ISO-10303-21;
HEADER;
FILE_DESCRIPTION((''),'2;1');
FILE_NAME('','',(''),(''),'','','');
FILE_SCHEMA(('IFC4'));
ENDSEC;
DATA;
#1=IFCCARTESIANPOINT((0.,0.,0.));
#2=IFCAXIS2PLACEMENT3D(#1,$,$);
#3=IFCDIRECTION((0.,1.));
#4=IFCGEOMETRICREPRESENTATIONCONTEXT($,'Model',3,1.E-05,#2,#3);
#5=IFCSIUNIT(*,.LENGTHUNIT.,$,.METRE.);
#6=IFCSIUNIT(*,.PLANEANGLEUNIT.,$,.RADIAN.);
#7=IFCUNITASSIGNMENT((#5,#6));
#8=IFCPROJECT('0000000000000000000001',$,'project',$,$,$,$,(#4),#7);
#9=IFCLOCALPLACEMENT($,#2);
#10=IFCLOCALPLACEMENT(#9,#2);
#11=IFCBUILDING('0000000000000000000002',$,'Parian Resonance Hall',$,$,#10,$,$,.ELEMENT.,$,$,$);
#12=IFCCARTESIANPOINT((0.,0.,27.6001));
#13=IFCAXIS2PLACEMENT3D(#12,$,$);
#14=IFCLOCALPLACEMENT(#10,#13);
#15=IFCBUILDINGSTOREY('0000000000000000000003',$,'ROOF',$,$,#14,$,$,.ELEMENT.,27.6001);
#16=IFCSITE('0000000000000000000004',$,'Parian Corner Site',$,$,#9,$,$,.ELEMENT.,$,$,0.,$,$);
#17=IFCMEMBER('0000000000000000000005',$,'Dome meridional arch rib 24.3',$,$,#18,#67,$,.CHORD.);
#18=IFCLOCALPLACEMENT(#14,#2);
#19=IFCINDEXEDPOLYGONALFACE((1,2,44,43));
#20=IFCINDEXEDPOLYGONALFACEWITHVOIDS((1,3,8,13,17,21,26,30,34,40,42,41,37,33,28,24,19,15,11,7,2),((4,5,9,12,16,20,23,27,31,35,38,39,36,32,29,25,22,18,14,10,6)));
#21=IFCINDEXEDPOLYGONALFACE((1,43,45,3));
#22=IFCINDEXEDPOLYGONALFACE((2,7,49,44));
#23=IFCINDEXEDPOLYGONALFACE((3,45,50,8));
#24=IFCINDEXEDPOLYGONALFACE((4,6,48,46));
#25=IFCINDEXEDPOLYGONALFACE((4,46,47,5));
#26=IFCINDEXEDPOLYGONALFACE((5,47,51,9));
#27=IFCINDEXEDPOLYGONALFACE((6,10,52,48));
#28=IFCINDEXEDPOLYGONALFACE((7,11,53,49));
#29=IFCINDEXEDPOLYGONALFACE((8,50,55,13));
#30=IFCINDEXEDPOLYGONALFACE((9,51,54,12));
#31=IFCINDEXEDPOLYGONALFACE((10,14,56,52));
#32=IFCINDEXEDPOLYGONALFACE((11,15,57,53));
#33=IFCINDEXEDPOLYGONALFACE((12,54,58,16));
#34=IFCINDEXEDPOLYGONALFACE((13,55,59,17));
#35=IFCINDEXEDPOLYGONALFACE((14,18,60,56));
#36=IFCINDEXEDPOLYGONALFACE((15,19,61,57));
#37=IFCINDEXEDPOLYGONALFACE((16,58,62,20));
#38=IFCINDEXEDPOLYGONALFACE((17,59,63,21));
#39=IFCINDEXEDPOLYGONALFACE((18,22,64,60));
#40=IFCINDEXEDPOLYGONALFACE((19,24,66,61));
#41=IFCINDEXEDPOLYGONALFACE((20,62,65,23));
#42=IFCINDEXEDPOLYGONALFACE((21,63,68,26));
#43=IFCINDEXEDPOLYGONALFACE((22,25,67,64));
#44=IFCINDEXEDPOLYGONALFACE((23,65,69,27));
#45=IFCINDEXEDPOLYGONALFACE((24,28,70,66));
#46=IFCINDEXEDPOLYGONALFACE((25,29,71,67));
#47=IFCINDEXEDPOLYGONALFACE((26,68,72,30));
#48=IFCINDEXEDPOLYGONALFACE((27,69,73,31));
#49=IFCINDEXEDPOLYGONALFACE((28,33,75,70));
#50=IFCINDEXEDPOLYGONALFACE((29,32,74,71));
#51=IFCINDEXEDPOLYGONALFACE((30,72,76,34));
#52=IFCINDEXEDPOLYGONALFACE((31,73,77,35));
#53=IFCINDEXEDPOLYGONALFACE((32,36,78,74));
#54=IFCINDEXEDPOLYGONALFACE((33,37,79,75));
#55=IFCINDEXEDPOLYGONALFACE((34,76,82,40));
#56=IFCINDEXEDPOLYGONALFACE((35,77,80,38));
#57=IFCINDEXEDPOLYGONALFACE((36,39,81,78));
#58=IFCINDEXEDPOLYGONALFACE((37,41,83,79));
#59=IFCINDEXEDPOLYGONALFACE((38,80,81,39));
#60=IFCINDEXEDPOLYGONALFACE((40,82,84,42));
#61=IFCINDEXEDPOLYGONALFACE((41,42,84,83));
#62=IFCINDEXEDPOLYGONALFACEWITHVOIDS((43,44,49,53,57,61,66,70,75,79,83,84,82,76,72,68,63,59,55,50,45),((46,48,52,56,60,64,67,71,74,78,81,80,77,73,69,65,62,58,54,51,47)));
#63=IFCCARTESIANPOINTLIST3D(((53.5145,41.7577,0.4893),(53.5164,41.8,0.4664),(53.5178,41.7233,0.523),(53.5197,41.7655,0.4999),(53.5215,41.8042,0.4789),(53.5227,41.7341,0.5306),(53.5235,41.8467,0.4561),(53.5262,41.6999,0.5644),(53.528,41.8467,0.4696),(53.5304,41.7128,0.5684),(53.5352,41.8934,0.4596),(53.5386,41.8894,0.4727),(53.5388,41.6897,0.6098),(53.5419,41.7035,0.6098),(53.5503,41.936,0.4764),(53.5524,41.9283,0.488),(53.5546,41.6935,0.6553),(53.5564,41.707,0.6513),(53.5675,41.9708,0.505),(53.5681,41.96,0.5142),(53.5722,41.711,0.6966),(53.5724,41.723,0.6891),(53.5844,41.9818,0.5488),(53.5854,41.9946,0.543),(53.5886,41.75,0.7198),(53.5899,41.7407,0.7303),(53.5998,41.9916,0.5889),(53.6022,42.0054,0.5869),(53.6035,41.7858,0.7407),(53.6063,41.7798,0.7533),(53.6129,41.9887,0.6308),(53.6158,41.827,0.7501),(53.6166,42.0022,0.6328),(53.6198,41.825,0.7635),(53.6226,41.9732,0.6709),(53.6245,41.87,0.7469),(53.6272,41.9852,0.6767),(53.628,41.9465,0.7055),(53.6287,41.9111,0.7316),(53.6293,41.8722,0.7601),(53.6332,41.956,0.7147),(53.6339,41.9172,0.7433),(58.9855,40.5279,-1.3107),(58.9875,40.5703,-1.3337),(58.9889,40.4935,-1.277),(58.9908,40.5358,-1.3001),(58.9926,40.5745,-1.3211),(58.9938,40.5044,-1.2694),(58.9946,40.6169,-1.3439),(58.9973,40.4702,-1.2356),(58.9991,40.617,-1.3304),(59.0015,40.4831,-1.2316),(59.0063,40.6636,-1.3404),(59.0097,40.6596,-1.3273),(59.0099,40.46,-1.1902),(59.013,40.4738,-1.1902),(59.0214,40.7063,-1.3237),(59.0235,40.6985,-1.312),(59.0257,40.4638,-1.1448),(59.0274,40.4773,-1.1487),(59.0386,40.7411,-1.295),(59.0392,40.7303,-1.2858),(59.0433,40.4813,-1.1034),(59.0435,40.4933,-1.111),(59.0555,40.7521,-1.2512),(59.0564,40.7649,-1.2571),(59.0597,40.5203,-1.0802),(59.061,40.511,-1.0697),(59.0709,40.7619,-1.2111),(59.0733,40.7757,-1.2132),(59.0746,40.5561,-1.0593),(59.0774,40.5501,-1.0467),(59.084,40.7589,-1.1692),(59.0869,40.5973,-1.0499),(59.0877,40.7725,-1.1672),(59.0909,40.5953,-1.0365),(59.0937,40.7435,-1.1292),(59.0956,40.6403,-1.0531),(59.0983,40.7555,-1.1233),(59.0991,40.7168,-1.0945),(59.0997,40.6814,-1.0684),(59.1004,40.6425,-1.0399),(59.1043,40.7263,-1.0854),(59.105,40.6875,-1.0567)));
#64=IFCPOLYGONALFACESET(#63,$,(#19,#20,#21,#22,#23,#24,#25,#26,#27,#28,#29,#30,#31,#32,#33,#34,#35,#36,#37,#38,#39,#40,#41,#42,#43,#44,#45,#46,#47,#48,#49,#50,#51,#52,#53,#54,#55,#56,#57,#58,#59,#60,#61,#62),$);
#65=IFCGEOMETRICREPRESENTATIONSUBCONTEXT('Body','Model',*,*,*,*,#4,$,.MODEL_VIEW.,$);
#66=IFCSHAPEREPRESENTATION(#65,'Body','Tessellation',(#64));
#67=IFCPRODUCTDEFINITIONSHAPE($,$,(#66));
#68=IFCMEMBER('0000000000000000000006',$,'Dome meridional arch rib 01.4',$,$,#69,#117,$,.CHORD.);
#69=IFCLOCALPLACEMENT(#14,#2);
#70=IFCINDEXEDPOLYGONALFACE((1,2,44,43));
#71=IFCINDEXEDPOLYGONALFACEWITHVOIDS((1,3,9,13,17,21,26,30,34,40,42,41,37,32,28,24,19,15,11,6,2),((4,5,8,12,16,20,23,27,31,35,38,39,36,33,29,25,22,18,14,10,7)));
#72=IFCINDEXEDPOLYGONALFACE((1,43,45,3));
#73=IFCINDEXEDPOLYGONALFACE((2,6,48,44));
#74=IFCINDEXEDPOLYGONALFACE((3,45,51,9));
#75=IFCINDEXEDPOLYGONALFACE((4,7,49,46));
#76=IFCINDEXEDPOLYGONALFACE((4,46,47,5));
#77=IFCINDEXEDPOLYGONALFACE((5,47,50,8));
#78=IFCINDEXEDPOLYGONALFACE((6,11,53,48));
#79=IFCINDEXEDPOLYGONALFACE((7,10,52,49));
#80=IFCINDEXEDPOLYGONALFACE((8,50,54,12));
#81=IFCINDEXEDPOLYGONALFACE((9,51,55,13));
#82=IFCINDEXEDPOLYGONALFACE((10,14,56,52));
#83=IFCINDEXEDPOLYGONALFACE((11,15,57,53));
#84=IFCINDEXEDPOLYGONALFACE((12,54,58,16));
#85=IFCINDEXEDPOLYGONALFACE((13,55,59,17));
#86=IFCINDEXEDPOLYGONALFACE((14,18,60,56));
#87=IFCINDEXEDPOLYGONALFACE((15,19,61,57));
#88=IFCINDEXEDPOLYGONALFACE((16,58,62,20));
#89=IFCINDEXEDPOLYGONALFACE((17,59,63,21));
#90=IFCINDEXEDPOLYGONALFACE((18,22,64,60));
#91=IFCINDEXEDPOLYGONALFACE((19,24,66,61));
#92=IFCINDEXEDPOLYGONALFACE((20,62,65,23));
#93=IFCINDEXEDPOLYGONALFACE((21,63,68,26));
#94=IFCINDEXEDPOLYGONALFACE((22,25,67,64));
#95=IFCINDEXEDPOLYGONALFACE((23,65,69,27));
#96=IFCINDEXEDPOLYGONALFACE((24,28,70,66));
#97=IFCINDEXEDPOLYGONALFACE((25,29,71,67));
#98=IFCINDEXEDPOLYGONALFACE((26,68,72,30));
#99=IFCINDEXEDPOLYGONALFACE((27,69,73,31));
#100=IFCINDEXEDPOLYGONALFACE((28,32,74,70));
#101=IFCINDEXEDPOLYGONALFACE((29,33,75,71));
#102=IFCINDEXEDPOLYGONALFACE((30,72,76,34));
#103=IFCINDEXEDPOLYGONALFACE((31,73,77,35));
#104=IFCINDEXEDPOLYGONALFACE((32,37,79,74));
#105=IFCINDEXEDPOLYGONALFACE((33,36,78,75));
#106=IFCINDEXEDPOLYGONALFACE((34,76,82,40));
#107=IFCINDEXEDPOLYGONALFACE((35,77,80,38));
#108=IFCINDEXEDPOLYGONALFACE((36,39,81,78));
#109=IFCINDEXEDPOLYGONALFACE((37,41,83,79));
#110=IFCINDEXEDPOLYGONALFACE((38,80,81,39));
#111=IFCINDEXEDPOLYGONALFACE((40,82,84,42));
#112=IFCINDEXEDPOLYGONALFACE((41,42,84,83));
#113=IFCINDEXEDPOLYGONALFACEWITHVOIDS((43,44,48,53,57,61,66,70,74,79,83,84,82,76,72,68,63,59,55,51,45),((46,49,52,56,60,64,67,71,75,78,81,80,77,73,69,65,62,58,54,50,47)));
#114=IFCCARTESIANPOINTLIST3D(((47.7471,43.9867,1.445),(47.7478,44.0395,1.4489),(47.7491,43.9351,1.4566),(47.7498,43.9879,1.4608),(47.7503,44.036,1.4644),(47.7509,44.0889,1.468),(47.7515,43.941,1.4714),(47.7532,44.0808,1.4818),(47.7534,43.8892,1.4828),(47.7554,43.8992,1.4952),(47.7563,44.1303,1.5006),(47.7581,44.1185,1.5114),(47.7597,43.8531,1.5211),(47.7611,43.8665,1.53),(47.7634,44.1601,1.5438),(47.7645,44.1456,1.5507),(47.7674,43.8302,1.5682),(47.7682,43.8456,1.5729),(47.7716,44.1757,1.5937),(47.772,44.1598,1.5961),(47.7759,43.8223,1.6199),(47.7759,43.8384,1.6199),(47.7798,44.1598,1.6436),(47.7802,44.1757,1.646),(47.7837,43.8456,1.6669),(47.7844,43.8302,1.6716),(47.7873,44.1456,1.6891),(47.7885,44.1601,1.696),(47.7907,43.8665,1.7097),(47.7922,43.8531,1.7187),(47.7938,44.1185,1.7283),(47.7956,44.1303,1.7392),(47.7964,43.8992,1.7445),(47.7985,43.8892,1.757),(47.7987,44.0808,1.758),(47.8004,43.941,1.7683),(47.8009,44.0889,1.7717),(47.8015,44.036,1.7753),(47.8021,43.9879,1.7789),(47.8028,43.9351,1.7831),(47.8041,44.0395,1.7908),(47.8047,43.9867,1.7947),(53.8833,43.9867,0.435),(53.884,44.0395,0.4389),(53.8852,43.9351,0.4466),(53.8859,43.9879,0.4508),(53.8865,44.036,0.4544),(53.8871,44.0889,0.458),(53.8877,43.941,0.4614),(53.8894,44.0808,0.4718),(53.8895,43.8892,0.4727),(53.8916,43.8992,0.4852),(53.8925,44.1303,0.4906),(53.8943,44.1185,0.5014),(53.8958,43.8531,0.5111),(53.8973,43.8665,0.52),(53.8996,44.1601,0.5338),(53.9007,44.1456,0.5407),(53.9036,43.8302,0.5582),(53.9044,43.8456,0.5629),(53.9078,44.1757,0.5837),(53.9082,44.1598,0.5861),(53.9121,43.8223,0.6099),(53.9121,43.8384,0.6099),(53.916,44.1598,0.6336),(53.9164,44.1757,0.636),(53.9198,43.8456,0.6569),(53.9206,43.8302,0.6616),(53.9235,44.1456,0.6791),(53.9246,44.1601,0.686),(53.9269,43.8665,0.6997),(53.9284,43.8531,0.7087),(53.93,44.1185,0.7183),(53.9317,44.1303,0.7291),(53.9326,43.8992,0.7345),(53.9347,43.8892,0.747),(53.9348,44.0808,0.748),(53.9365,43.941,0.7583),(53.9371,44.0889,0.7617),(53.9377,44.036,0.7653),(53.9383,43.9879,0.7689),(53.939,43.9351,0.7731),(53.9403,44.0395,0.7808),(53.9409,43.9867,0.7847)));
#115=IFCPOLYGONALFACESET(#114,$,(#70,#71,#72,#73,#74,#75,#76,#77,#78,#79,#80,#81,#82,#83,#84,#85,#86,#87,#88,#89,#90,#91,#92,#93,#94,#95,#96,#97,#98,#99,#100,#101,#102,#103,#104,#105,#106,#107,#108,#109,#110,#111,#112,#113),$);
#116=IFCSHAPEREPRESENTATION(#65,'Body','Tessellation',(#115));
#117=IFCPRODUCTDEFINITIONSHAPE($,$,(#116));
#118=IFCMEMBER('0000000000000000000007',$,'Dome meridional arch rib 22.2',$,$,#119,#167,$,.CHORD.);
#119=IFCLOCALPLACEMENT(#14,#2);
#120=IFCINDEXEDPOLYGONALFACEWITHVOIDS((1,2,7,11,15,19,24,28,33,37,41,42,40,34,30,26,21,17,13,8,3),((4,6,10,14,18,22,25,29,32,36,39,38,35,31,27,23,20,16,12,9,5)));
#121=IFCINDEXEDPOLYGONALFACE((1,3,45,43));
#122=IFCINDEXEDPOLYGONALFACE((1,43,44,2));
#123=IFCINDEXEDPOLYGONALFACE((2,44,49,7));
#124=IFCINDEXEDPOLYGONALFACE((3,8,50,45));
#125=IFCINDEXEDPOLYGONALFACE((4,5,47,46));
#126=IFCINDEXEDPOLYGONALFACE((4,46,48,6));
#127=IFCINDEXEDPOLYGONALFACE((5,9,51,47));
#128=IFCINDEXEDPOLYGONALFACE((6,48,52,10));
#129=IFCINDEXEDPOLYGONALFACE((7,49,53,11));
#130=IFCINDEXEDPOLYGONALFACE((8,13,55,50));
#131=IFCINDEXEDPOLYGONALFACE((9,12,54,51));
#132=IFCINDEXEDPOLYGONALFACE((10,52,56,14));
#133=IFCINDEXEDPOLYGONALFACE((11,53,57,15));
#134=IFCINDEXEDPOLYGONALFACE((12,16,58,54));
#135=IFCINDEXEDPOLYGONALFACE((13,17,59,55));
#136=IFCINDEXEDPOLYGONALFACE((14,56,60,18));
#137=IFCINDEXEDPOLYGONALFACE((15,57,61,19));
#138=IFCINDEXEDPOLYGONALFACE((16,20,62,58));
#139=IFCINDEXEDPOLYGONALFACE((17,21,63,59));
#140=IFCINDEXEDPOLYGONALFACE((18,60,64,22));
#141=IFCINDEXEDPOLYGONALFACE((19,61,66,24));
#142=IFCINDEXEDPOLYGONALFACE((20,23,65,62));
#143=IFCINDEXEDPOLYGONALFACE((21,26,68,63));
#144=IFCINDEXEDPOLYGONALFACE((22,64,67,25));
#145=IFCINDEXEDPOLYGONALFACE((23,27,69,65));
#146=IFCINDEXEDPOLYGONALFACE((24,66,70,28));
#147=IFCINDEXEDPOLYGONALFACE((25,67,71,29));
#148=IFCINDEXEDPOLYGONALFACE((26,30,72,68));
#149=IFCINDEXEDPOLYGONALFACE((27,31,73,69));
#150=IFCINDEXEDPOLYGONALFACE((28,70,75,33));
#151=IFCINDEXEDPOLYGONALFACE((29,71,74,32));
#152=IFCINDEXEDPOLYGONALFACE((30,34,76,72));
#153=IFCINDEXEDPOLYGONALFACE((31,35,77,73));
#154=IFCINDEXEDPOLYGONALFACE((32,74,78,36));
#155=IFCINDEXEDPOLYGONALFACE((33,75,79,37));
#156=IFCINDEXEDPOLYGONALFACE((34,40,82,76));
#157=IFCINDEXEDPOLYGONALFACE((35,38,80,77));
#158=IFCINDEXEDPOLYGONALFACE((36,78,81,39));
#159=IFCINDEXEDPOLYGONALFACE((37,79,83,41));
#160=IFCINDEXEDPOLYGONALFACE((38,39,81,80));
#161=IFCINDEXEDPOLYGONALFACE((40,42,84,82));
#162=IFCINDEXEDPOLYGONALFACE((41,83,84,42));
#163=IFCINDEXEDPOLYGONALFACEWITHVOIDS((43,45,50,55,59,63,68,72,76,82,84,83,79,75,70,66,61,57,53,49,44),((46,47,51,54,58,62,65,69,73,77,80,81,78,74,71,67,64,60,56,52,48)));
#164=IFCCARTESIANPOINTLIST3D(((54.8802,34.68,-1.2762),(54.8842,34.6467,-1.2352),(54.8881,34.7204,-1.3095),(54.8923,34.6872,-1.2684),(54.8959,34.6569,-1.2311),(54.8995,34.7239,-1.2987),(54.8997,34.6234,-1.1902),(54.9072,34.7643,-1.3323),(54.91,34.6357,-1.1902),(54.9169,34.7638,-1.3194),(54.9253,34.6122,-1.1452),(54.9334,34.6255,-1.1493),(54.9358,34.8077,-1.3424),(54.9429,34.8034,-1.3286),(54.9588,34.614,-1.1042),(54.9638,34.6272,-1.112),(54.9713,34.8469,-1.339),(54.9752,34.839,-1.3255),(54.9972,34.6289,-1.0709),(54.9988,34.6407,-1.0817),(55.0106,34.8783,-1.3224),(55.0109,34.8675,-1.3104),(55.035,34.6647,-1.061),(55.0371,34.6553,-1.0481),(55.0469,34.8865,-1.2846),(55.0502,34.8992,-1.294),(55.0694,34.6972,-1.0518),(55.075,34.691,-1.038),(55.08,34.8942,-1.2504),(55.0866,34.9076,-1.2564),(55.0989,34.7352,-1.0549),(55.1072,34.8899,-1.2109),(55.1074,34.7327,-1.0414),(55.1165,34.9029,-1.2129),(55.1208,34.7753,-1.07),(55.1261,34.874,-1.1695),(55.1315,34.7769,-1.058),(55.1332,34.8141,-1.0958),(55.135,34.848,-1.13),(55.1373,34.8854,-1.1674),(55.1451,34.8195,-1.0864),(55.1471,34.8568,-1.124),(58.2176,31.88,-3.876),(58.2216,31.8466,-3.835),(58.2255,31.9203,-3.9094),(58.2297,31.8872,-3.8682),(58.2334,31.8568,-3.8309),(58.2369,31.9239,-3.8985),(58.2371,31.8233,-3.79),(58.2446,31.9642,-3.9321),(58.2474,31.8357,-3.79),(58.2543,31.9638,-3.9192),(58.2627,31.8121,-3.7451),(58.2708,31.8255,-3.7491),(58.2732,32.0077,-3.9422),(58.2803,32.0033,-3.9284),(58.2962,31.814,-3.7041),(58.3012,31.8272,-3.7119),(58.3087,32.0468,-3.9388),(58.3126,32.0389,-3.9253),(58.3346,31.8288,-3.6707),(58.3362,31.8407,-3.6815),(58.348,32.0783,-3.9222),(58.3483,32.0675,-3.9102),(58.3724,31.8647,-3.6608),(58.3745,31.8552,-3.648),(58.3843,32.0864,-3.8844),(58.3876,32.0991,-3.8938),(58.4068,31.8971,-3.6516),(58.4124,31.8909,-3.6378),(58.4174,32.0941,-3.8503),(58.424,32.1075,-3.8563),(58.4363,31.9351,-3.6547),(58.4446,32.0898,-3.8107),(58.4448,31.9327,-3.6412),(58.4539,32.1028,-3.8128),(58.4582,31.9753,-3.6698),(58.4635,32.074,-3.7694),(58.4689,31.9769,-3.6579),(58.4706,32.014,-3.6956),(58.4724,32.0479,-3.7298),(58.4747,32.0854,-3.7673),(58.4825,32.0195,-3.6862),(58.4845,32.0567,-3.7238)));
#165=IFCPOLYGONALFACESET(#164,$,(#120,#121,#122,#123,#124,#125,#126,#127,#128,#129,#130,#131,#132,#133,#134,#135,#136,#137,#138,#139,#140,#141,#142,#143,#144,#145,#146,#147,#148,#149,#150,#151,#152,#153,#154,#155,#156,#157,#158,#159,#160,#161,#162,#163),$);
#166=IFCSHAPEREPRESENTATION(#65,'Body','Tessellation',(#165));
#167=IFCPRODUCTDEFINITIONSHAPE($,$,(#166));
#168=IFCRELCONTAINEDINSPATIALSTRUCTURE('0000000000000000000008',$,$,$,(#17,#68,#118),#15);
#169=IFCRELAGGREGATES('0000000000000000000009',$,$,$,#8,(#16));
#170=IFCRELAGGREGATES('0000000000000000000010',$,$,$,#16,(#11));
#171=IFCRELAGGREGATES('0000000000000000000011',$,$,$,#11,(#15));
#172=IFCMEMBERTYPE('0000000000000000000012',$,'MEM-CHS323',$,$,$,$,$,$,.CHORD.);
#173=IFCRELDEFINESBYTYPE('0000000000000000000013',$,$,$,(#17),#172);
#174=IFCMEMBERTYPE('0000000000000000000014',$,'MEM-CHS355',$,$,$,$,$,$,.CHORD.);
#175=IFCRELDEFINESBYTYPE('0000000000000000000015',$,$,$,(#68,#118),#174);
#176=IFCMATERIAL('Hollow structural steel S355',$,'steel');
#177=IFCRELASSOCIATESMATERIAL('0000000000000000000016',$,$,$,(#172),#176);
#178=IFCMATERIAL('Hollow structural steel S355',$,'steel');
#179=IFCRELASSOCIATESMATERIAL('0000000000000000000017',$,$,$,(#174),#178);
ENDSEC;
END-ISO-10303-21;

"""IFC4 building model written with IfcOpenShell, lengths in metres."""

from ifc_helpers import new_model, si_unit, direction, frame, origin, origin_2d, place, context, subcontext, project, spatial, hollow_circle, extrude, material, material_profile, profile_set, type_object, element, save


model = new_model("IFC4")

# Units and contexts
model_context = context("Model", 3, precision=1e-05, world=origin(), true_north=direction((0.0, 1.0)))
body_context = subcontext(model_context, "Body", "Model", "MODEL_VIEW")
ifc_project = project(units=[si_unit("LENGTHUNIT", "METRE"), si_unit("PLANEANGLEUNIT", "RADIAN")], contexts=[model_context])

# Site, building, storey
site_placement = place(None, origin())
site = spatial("IfcSite", under=ifc_project, at=site_placement, Name="Parian Corner Site", CompositionType="ELEMENT", RefElevation=0.0)
building_placement = place(site_placement, origin())
building = spatial("IfcBuilding", under=site, at=building_placement, Name="Parian Resonance Hall", CompositionType="ELEMENT")
storey_placement = place(building_placement, frame((0.0, 0.0, 27.6001)))
storey = spatial("IfcBuildingStorey", under=building, at=storey_placement, Name="ROOF", CompositionType="ELEMENT", Elevation=27.6001)

# Members
ifc_material_1 = material(Name="Hollow structural steel S355", Category="steel")
ifc_material_profile_1 = material_profile(ifc_material_1, hollow_circle(Radius=0.1619, WallThickness=0.0142, at=origin_2d()), Name="CHS323.9x14.2")
ifc_profile_set_1 = profile_set([ifc_material_profile_1], Name="Hollow structural steel S355")
member_type_1 = type_object("IfcMemberType", Name="MEM-CHS323", PredefinedType="CHORD", material=ifc_profile_set_1)
member_1_placement = place(storey_placement, frame((59.0454, 40.6179, -1.1902), z_axis=(-0.928972, 0.208801, 0.305636), x_axis=(-0.219295, -0.975659, 0.0)))
element("IfcMember", 1, at=member_1_placement, inside=storey, type_object=member_type_1, Name="Dome meridional arch rib 24.3", PredefinedType="CHORD", context=body_context, shape_type="SweptSolid", body=[
    extrude(hollow_circle(Radius=0.1619, WallThickness=0.0142, at=origin_2d()), origin(), (0.0, 0.0, 1.0), 5.8894),
])
ifc_material_2 = material(Name="Hollow structural steel S355", Category="steel")
ifc_material_profile_2 = material_profile(ifc_material_2, hollow_circle(Radius=0.1777, WallThickness=0.0161, at=origin_2d()), Name="CHS355.6x16")
ifc_profile_set_2 = profile_set([ifc_material_profile_2], Name="Hollow structural steel S355")
member_type_2 = type_object("IfcMemberType", Name="MEM-CHS355", PredefinedType="CHORD", material=ifc_profile_set_2)
member_2_placement = place(storey_placement, frame((53.9121, 44.0, 0.6099), z_axis=(-0.986723, 0.0, 0.162412), x_axis=(0.0, -1.0, 0.0)))
element("IfcMember", 2, at=member_2_placement, inside=storey, type_object=member_type_2, Name="Dome meridional arch rib 01.4", PredefinedType="CHORD", context=body_context, shape_type="SweptSolid", body=[
    extrude(hollow_circle(Radius=0.1777, WallThickness=0.0161, at=origin_2d()), origin(), (0.0, 0.0, 1.0), 6.2188),
])
member_3_placement = place(storey_placement, frame((58.3513, 31.9595, -3.79), z_axis=(-0.657844, 0.551925, 0.512464), x_axis=(-0.642739, -0.766086, 0.0)))
element("IfcMember", 3, at=member_3_placement, inside=storey, type_object=member_type_2, Name="Dome meridional arch rib 22.2", PredefinedType="CHORD", context=body_context, shape_type="SweptSolid", body=[
    extrude(hollow_circle(Radius=0.1777, WallThickness=0.0161, at=origin_2d()), origin(), (0.0, 0.0, 1.0), 5.0732),
])

save(model, "model.ifc")
